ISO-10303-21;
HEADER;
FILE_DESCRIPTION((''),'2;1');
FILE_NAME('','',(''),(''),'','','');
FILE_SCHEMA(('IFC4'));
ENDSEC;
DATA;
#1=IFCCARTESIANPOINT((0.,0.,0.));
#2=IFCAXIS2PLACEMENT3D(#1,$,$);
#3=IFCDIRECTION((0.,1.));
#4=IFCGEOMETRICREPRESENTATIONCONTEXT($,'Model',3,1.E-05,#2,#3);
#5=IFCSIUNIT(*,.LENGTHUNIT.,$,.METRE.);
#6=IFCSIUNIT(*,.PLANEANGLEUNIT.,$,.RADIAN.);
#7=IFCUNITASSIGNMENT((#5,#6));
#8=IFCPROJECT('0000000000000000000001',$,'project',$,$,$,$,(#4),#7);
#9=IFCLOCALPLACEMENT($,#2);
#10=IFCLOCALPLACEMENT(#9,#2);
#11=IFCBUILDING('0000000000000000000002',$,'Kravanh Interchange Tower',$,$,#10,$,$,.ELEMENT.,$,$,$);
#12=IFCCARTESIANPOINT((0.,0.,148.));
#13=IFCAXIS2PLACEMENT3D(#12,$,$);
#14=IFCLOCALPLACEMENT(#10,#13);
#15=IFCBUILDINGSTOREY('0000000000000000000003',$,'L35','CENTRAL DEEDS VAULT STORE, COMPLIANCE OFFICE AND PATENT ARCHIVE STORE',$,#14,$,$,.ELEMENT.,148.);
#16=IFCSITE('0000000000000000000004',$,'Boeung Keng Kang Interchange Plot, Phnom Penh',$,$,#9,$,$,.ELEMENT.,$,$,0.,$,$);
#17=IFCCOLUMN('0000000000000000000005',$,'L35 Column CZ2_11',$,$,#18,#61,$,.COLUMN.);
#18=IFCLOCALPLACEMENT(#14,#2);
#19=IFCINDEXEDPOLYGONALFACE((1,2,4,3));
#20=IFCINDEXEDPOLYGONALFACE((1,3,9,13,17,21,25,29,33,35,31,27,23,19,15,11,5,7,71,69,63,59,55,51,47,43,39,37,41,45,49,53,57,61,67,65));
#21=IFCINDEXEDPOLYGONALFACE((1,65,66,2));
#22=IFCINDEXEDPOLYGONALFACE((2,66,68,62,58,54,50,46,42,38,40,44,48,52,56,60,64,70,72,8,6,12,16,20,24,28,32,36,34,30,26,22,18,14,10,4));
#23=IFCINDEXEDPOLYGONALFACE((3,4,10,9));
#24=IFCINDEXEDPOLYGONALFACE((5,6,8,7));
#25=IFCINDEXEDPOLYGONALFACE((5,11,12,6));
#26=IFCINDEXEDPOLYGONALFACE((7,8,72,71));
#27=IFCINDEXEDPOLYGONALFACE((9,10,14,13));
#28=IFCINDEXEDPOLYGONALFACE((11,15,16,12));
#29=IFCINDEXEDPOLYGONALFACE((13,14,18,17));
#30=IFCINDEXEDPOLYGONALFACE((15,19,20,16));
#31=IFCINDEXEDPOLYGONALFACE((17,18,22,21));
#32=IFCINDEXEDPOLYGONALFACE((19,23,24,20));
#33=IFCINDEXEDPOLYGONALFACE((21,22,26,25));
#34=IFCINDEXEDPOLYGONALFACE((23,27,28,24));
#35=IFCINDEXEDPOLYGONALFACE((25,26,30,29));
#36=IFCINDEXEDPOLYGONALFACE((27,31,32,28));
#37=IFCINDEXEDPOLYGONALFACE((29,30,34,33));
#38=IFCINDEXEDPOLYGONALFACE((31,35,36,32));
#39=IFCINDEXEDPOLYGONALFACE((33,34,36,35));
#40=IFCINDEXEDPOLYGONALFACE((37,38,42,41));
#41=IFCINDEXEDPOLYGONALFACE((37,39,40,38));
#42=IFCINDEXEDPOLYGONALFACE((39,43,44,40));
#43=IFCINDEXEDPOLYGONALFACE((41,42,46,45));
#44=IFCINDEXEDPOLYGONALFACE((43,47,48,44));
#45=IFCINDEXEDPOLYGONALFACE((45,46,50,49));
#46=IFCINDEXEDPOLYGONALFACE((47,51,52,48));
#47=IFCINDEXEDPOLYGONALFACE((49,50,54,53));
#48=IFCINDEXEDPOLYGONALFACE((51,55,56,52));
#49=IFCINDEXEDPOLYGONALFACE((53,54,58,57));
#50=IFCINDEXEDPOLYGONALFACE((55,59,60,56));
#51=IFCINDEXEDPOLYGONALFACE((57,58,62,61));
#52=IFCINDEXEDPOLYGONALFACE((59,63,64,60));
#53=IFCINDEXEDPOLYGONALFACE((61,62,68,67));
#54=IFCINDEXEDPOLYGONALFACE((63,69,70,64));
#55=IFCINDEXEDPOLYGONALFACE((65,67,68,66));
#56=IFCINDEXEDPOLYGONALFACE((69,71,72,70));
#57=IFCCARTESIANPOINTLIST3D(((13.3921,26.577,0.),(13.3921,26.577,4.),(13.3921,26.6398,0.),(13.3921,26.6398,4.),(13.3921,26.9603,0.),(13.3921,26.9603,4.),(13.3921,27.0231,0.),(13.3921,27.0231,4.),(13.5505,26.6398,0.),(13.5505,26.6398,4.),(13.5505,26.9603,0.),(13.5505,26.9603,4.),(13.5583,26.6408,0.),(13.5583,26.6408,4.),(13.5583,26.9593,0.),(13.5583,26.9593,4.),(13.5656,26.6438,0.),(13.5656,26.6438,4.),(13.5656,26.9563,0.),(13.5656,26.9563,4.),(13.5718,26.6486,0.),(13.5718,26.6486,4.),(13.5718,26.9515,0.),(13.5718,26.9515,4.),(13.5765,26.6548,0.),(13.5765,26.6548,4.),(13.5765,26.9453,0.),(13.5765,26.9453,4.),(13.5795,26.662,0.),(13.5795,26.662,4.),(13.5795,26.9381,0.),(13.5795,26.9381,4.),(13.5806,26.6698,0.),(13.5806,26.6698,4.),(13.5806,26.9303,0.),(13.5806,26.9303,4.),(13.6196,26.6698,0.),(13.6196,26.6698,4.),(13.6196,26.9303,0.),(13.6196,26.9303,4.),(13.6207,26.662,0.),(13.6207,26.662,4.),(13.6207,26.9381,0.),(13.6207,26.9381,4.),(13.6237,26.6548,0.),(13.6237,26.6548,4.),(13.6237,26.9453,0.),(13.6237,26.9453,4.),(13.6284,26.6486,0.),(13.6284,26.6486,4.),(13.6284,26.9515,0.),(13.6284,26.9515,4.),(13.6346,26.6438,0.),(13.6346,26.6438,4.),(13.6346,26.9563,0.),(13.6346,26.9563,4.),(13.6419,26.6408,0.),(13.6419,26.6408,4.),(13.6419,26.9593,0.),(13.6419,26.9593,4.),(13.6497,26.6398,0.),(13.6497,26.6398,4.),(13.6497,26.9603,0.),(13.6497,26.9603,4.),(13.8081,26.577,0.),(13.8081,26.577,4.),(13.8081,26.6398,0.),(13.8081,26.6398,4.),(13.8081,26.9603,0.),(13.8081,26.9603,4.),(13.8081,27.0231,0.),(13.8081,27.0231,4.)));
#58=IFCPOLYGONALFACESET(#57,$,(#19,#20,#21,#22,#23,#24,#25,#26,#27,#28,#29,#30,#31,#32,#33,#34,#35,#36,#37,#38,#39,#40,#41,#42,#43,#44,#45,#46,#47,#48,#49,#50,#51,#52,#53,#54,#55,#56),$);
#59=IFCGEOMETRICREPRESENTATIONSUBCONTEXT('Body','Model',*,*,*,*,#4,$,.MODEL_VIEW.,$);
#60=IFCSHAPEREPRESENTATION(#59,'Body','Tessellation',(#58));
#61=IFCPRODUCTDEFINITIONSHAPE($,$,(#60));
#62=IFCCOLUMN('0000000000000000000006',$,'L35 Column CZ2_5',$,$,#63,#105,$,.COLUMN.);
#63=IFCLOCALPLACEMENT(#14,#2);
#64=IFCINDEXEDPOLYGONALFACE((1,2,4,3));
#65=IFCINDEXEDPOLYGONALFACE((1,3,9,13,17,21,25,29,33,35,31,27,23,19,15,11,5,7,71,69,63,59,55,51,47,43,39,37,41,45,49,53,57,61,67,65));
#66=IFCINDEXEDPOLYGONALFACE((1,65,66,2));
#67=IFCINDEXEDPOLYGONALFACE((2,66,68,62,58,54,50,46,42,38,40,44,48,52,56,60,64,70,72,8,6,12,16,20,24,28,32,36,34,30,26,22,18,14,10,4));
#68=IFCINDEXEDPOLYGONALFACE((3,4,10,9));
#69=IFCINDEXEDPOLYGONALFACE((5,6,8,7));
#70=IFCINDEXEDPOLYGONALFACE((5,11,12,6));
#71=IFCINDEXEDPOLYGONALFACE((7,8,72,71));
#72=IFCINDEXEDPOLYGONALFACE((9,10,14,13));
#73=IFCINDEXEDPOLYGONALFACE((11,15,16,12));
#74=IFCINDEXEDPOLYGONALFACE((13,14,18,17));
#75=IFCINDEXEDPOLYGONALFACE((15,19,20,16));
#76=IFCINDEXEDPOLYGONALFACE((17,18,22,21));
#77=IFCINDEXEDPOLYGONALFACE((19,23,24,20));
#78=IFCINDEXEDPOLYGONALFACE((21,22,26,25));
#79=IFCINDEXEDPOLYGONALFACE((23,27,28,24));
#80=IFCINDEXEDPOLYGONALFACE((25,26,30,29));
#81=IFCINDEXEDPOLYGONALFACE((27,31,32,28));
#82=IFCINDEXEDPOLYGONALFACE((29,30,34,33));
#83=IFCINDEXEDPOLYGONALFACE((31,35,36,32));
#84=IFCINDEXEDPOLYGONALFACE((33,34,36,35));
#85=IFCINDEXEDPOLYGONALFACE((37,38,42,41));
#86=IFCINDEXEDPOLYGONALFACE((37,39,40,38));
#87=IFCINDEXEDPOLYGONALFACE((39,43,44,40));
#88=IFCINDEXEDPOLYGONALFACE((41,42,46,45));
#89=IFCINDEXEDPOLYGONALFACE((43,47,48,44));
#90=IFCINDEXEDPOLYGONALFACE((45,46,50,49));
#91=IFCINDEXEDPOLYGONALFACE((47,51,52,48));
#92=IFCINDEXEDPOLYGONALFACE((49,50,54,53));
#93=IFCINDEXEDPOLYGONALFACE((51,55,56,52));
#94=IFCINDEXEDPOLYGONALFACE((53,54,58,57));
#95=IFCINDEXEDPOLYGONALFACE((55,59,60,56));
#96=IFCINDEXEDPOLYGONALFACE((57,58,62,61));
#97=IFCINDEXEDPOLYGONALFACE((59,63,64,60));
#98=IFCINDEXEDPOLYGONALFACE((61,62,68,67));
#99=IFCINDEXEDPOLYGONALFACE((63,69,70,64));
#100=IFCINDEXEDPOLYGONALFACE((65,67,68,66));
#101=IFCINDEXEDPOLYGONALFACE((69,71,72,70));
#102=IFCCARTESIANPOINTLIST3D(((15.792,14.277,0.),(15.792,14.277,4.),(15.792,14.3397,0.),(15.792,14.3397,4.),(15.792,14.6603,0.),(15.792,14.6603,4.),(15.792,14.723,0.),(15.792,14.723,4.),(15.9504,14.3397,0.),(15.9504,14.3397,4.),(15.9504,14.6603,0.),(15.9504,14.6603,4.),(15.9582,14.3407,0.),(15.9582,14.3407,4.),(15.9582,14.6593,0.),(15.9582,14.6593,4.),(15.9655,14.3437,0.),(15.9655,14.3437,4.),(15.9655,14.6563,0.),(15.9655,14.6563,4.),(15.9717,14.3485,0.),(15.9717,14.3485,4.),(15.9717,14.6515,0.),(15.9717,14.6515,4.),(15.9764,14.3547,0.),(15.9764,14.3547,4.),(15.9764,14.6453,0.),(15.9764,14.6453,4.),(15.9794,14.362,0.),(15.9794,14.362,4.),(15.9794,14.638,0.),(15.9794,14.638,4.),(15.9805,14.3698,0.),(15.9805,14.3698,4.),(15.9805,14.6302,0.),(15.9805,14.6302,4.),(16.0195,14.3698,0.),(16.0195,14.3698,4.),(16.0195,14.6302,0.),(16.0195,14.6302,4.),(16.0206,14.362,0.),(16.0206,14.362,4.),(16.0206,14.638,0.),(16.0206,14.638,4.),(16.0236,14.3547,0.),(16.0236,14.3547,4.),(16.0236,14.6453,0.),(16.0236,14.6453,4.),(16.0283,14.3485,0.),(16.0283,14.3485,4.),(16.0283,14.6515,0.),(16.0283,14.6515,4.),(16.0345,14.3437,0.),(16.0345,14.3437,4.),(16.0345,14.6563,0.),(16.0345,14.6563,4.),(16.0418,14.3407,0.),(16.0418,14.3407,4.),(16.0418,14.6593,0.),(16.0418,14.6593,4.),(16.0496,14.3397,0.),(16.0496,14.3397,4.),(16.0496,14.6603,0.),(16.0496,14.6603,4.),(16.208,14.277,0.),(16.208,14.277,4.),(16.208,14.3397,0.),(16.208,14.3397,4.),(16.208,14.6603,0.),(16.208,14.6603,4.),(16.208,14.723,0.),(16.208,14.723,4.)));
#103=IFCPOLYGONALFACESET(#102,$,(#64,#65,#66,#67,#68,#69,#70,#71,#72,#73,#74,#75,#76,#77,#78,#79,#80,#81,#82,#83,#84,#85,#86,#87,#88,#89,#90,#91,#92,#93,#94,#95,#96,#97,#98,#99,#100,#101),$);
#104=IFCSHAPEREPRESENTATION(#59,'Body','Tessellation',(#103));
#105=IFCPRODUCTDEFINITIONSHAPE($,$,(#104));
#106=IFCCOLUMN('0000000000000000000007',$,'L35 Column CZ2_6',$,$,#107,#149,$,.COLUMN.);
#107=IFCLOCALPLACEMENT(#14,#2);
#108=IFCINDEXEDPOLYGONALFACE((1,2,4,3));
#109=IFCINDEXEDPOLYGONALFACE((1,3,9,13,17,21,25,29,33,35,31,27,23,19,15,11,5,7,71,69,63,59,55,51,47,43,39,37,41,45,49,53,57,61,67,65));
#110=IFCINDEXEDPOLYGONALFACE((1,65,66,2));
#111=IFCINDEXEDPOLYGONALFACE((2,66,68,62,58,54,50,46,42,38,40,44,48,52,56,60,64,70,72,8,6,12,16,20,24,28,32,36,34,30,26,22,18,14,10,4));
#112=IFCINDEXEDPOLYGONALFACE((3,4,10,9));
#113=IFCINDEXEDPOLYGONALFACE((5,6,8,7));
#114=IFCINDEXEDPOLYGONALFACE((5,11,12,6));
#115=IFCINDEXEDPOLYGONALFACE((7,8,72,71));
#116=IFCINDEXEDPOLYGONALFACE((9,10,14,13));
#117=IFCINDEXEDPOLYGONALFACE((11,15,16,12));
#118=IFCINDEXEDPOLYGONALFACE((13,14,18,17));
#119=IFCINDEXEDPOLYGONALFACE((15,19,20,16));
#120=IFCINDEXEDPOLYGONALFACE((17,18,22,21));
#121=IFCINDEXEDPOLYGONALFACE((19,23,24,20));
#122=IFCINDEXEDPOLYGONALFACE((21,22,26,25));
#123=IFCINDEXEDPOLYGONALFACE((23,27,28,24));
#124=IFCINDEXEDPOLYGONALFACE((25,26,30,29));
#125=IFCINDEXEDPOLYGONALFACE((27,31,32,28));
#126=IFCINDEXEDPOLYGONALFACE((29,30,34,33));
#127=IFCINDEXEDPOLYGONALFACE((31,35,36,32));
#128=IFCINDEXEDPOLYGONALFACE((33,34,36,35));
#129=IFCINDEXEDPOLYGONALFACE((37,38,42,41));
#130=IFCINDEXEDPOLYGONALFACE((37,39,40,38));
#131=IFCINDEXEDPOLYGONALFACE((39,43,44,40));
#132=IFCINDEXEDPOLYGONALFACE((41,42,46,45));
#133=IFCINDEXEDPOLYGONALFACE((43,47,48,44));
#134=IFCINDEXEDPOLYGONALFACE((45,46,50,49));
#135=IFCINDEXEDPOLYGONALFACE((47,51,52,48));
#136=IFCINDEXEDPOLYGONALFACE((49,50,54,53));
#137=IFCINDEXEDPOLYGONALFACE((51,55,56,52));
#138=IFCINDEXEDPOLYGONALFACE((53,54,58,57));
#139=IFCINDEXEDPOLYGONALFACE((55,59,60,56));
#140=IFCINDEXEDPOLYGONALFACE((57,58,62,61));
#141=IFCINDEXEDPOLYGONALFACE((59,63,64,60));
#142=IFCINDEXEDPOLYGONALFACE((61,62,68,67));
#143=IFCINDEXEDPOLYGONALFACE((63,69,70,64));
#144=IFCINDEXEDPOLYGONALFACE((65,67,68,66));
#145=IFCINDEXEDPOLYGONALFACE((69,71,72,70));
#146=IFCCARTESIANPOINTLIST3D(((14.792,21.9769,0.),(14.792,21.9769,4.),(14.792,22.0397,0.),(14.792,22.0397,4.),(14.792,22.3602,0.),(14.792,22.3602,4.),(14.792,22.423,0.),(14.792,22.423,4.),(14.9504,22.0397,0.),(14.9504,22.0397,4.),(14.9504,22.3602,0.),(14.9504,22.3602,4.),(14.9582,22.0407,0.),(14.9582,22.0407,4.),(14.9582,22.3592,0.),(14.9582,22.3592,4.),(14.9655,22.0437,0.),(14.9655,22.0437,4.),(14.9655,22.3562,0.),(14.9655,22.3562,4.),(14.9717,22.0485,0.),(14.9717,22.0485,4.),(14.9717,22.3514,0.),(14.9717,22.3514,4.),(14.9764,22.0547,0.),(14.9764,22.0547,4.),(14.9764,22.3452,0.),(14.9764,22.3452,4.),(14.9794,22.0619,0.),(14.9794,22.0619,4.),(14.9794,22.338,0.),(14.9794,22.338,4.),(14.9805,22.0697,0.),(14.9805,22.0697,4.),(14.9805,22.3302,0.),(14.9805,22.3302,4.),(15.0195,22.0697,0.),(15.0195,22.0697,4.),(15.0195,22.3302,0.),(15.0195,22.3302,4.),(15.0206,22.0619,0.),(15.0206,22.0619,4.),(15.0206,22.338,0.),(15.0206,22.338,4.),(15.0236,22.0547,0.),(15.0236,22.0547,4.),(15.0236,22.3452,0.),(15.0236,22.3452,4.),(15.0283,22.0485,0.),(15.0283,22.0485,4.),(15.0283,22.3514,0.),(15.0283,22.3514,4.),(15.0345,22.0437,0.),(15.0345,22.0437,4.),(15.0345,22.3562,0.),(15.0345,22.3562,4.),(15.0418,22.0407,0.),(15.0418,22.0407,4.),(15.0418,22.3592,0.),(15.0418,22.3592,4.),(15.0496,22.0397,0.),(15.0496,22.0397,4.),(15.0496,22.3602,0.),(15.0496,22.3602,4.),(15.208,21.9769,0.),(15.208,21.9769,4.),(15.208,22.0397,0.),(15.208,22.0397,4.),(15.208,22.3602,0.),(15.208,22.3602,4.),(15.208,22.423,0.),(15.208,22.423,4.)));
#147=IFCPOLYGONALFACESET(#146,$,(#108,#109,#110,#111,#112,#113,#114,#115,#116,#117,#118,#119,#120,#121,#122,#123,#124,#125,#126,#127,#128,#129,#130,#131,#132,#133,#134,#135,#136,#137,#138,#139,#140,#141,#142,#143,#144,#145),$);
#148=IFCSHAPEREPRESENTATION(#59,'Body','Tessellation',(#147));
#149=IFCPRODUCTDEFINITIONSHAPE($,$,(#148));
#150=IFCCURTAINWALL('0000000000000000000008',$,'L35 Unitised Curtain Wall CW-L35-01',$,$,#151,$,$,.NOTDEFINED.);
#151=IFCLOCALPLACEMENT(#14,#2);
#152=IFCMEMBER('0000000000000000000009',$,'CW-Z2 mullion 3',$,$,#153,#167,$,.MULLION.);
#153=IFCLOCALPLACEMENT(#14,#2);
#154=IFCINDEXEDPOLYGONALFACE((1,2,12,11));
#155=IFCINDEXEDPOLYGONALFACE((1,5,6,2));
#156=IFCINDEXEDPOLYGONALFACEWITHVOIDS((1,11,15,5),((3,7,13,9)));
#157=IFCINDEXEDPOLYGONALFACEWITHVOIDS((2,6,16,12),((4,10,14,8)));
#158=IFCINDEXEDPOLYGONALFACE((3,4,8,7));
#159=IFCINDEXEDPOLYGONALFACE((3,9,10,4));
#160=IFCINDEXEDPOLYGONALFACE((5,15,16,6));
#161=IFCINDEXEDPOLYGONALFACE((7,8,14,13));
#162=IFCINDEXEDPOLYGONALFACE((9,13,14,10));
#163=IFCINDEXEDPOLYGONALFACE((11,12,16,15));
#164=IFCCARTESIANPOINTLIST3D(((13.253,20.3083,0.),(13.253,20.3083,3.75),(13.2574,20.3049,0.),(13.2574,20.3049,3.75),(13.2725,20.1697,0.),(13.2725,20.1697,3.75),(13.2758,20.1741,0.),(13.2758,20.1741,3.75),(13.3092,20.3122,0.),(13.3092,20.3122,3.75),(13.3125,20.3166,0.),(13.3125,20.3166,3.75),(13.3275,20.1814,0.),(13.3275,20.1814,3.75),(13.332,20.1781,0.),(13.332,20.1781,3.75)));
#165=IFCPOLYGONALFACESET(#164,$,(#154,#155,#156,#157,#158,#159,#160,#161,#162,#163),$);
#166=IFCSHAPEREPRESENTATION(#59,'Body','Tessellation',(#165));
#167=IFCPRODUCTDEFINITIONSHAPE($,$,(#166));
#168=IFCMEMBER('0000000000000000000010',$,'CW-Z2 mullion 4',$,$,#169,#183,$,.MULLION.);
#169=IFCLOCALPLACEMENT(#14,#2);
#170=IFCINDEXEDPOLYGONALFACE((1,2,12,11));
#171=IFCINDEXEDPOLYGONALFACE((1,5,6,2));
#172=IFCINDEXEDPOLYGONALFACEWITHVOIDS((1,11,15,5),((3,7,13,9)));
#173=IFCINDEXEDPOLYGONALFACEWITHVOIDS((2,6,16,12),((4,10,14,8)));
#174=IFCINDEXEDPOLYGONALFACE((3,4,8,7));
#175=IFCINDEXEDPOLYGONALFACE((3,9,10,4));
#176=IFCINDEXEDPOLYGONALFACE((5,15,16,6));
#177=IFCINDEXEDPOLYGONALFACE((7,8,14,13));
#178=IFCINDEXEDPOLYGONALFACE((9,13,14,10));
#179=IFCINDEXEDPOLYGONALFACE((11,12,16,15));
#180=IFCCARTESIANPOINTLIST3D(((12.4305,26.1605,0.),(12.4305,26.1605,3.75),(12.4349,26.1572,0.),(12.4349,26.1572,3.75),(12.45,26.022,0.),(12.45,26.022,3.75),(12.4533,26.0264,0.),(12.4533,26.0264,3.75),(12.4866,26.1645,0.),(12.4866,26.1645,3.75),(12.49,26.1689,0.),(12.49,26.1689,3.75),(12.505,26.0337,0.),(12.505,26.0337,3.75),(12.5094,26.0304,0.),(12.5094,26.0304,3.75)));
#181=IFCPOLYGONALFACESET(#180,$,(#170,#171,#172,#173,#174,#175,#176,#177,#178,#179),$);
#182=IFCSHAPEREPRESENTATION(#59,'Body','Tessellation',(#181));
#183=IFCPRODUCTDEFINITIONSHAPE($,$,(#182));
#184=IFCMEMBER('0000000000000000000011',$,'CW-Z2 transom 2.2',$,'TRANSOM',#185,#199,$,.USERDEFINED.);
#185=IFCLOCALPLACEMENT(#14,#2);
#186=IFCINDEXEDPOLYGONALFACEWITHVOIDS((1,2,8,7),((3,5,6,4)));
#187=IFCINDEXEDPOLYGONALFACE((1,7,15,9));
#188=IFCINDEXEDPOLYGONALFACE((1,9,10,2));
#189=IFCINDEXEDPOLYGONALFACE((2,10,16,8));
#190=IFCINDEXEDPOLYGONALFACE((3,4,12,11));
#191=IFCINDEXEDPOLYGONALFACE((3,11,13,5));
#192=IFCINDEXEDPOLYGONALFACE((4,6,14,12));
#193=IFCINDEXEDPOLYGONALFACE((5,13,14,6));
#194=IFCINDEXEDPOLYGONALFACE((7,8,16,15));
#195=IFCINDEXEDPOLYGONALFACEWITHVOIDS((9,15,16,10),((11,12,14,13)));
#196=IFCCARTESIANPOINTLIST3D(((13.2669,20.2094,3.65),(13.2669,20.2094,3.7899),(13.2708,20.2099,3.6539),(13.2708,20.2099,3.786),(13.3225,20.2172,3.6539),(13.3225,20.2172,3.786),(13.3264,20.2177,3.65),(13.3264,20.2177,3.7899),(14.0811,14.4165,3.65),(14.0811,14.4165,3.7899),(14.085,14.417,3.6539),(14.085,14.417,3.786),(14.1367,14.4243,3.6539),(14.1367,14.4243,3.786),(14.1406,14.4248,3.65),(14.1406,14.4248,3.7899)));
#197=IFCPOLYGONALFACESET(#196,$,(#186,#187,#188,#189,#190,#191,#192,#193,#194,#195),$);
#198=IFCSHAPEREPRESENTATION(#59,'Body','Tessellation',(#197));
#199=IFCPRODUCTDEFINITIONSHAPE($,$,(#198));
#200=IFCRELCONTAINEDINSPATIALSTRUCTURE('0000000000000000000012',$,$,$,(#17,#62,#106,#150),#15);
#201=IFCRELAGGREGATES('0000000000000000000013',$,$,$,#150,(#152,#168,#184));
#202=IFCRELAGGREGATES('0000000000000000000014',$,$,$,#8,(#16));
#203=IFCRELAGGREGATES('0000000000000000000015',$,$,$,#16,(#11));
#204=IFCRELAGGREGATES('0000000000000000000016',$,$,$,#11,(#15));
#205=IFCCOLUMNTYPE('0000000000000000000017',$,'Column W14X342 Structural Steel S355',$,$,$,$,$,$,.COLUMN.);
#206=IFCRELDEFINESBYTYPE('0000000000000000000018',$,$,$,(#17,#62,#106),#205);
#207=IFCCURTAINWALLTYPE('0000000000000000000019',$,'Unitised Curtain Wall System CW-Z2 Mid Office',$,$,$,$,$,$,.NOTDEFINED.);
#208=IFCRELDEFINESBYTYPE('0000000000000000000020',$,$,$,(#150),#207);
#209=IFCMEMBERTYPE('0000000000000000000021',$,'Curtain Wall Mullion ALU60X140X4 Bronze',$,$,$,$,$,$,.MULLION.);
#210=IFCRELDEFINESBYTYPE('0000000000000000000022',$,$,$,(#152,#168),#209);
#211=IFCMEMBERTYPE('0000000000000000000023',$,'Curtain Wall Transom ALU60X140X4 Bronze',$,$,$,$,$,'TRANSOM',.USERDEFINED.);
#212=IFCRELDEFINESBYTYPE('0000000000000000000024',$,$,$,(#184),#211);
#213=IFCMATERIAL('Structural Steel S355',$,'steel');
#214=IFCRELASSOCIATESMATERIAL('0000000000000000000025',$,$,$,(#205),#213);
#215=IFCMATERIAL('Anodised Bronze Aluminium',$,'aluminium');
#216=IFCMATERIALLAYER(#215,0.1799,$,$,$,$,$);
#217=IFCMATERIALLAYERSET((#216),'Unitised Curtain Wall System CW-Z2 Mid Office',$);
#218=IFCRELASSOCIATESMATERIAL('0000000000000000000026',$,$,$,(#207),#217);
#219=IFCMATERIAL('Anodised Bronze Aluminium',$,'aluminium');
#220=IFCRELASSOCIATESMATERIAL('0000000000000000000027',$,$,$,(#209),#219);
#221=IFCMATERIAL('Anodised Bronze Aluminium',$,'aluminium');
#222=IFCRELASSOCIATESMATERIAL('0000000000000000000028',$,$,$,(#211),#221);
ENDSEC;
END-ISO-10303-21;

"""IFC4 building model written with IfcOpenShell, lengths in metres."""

from ifc_helpers import new_model, si_unit, direction, frame, origin, origin_2d, place, context, subcontext, project, spatial, hollow_rectangle, i_section, extrude, material, layer, layer_set, material_profile, profile_set, type_object, element, aggregate, save


model = new_model("IFC4")

# Units and contexts
model_context = context("Model", 3, precision=1e-05, world=origin(), true_north=direction((0.0, 1.0)))
body_context = subcontext(model_context, "Body", "Model", "MODEL_VIEW")
ifc_project = project(units=[si_unit("LENGTHUNIT", "METRE"), si_unit("PLANEANGLEUNIT", "RADIAN")], contexts=[model_context])

# Site, building, storey
site_placement = place(None, origin())
site = spatial("IfcSite", under=ifc_project, at=site_placement, Name="Boeung Keng Kang Interchange Plot, Phnom Penh", CompositionType="ELEMENT", RefElevation=0.0)
building_placement = place(site_placement, origin())
building = spatial("IfcBuilding", under=site, at=building_placement, Name="Kravanh Interchange Tower", CompositionType="ELEMENT")
storey_placement = place(building_placement, frame((0.0, 0.0, 148.0)))
storey = spatial("IfcBuildingStorey", under=building, at=storey_placement, Name="L35", Description="CENTRAL DEEDS VAULT STORE, COMPLIANCE OFFICE AND PATENT ARCHIVE STORE", CompositionType="ELEMENT", Elevation=148.0)

# Columns
ifc_material_1 = material(Name="Structural Steel S355", Category="steel")
ifc_material_profile_1 = material_profile(ifc_material_1, i_section(OverallWidth=0.416, OverallDepth=0.446, WebThickness=0.0391, FlangeThickness=0.0627, FilletRadius=0.03, at=origin_2d()), Name="W14X342")
ifc_profile_set_1 = profile_set([ifc_material_profile_1], Name="Structural Steel S355")
column_type = type_object("IfcColumnType", Name="Column W14X342 Structural Steel S355", PredefinedType="COLUMN", material=ifc_profile_set_1)
for number, where, z_axis, x_axis, name in (
    (1, (13.6001, 26.8, 0.0), (0.0, 0.0, 1.0), (1.0, 0.0, 0.0), "L35 Column CZ2_11"),
    (2, (16.0, 14.5, 0.0), (0.0, 0.0, 1.0), (1.0, 0.0, 0.0), "L35 Column CZ2_5"),
    (3, (15.0, 22.2, 0.0), (0.0, 0.0, 1.0), (1.0, 0.0, 0.0), "L35 Column CZ2_6"),
):
    element("IfcColumn", number, at=place(storey_placement, frame(where, z_axis=z_axis, x_axis=x_axis)), inside=storey, type_object=column_type, Name=name, PredefinedType="COLUMN", context=body_context, shape_type="SweptSolid", body=[
        extrude(i_section(OverallWidth=0.416, OverallDepth=0.446, WebThickness=0.0391, FlangeThickness=0.0627, FilletRadius=0.03, at=origin_2d()), origin(), (0.0, 0.0, 1.0), 4.0),
    ])

# Curtain wall, members
ifc_material_2 = material(Name="Anodised Bronze Aluminium", Category="aluminium")
ifc_layer_1 = layer(ifc_material_2, 0.1799)
ifc_layer_set_1 = layer_set([ifc_layer_1], Name="Unitised Curtain Wall System CW-Z2 Mid Office")
curtain_wall_type = type_object("IfcCurtainWallType", Name="Unitised Curtain Wall System CW-Z2 Mid Office", PredefinedType="NOTDEFINED", material=ifc_layer_set_1)
curtain_wall_placement = place(storey_placement, origin())
curtain_wall = element("IfcCurtainWall", 4, at=curtain_wall_placement, inside=storey, type_object=curtain_wall_type, Name="L35 Unitised Curtain Wall CW-L35-01", PredefinedType="NOTDEFINED")
ifc_material_3 = material(Name="Anodised Bronze Aluminium", Category="aluminium")
ifc_material_profile_2 = material_profile(ifc_material_3, hollow_rectangle(XDim=0.0601, YDim=0.1399, WallThickness=0.0039, at=origin_2d()), Name="ALU60X140X4")
ifc_profile_set_2 = profile_set([ifc_material_profile_2], Name="Anodised Bronze Aluminium")
member_type_1 = type_object("IfcMemberType", Name="Curtain Wall Mullion ALU60X140X4 Bronze", PredefinedType="MULLION", material=ifc_profile_set_2)
member_1_placement = place(storey_placement, frame((13.2925, 20.2432, 0.0), z_axis=(0.0, 0.0, 1.0), x_axis=(-0.990268, -0.139173, 0.0)))
member_1 = element("IfcMember", 5, at=member_1_placement, type_object=member_type_1, Name="CW-Z2 mullion 3", PredefinedType="MULLION", context=body_context, shape_type="SweptSolid", body=[
    extrude(hollow_rectangle(XDim=0.0601, YDim=0.1399, WallThickness=0.0039, at=origin_2d()), origin(), (0.0, 0.0, 1.0), 3.75),
])
member_2_placement = place(storey_placement, frame((12.47, 26.0955, 0.0), z_axis=(0.0, 0.0, 1.0), x_axis=(-0.990268, -0.139173, 0.0)))
member_2 = element("IfcMember", 6, at=member_2_placement, type_object=member_type_1, Name="CW-Z2 mullion 4", PredefinedType="MULLION", context=body_context, shape_type="SweptSolid", body=[
    extrude(hollow_rectangle(XDim=0.0601, YDim=0.1399, WallThickness=0.0039, at=origin_2d()), origin(), (0.0, 0.0, 1.0), 3.75),
])
ifc_material_4 = material(Name="Anodised Bronze Aluminium", Category="aluminium")
ifc_material_profile_3 = material_profile(ifc_material_4, hollow_rectangle(XDim=0.0601, YDim=0.1399, WallThickness=0.0039, at=origin_2d()), Name="ALU60X140X4")
ifc_profile_set_3 = profile_set([ifc_material_profile_3], Name="Anodised Bronze Aluminium")
member_type_2 = type_object("IfcMemberType", Name="Curtain Wall Transom ALU60X140X4 Bronze", ElementType="TRANSOM", PredefinedType="USERDEFINED", material=ifc_profile_set_3)
member_3_placement = place(storey_placement, frame((14.1108, 14.4207, 3.72), z_axis=(-0.139183, 0.990267, 0.0), x_axis=(-0.990267, -0.139183, 0.0)))
member_3 = element("IfcMember", 7, at=member_3_placement, type_object=member_type_2, Name="CW-Z2 transom 2.2", ObjectType="TRANSOM", PredefinedType="USERDEFINED", context=body_context, shape_type="SweptSolid", body=[
    extrude(hollow_rectangle(XDim=0.0601, YDim=0.1399, WallThickness=0.0039, at=origin_2d()), origin(), (0.0, 0.0, 1.0), 5.8499),
])

aggregate(curtain_wall, [member_1, member_2, member_3])

save(model, "model.ifc")
